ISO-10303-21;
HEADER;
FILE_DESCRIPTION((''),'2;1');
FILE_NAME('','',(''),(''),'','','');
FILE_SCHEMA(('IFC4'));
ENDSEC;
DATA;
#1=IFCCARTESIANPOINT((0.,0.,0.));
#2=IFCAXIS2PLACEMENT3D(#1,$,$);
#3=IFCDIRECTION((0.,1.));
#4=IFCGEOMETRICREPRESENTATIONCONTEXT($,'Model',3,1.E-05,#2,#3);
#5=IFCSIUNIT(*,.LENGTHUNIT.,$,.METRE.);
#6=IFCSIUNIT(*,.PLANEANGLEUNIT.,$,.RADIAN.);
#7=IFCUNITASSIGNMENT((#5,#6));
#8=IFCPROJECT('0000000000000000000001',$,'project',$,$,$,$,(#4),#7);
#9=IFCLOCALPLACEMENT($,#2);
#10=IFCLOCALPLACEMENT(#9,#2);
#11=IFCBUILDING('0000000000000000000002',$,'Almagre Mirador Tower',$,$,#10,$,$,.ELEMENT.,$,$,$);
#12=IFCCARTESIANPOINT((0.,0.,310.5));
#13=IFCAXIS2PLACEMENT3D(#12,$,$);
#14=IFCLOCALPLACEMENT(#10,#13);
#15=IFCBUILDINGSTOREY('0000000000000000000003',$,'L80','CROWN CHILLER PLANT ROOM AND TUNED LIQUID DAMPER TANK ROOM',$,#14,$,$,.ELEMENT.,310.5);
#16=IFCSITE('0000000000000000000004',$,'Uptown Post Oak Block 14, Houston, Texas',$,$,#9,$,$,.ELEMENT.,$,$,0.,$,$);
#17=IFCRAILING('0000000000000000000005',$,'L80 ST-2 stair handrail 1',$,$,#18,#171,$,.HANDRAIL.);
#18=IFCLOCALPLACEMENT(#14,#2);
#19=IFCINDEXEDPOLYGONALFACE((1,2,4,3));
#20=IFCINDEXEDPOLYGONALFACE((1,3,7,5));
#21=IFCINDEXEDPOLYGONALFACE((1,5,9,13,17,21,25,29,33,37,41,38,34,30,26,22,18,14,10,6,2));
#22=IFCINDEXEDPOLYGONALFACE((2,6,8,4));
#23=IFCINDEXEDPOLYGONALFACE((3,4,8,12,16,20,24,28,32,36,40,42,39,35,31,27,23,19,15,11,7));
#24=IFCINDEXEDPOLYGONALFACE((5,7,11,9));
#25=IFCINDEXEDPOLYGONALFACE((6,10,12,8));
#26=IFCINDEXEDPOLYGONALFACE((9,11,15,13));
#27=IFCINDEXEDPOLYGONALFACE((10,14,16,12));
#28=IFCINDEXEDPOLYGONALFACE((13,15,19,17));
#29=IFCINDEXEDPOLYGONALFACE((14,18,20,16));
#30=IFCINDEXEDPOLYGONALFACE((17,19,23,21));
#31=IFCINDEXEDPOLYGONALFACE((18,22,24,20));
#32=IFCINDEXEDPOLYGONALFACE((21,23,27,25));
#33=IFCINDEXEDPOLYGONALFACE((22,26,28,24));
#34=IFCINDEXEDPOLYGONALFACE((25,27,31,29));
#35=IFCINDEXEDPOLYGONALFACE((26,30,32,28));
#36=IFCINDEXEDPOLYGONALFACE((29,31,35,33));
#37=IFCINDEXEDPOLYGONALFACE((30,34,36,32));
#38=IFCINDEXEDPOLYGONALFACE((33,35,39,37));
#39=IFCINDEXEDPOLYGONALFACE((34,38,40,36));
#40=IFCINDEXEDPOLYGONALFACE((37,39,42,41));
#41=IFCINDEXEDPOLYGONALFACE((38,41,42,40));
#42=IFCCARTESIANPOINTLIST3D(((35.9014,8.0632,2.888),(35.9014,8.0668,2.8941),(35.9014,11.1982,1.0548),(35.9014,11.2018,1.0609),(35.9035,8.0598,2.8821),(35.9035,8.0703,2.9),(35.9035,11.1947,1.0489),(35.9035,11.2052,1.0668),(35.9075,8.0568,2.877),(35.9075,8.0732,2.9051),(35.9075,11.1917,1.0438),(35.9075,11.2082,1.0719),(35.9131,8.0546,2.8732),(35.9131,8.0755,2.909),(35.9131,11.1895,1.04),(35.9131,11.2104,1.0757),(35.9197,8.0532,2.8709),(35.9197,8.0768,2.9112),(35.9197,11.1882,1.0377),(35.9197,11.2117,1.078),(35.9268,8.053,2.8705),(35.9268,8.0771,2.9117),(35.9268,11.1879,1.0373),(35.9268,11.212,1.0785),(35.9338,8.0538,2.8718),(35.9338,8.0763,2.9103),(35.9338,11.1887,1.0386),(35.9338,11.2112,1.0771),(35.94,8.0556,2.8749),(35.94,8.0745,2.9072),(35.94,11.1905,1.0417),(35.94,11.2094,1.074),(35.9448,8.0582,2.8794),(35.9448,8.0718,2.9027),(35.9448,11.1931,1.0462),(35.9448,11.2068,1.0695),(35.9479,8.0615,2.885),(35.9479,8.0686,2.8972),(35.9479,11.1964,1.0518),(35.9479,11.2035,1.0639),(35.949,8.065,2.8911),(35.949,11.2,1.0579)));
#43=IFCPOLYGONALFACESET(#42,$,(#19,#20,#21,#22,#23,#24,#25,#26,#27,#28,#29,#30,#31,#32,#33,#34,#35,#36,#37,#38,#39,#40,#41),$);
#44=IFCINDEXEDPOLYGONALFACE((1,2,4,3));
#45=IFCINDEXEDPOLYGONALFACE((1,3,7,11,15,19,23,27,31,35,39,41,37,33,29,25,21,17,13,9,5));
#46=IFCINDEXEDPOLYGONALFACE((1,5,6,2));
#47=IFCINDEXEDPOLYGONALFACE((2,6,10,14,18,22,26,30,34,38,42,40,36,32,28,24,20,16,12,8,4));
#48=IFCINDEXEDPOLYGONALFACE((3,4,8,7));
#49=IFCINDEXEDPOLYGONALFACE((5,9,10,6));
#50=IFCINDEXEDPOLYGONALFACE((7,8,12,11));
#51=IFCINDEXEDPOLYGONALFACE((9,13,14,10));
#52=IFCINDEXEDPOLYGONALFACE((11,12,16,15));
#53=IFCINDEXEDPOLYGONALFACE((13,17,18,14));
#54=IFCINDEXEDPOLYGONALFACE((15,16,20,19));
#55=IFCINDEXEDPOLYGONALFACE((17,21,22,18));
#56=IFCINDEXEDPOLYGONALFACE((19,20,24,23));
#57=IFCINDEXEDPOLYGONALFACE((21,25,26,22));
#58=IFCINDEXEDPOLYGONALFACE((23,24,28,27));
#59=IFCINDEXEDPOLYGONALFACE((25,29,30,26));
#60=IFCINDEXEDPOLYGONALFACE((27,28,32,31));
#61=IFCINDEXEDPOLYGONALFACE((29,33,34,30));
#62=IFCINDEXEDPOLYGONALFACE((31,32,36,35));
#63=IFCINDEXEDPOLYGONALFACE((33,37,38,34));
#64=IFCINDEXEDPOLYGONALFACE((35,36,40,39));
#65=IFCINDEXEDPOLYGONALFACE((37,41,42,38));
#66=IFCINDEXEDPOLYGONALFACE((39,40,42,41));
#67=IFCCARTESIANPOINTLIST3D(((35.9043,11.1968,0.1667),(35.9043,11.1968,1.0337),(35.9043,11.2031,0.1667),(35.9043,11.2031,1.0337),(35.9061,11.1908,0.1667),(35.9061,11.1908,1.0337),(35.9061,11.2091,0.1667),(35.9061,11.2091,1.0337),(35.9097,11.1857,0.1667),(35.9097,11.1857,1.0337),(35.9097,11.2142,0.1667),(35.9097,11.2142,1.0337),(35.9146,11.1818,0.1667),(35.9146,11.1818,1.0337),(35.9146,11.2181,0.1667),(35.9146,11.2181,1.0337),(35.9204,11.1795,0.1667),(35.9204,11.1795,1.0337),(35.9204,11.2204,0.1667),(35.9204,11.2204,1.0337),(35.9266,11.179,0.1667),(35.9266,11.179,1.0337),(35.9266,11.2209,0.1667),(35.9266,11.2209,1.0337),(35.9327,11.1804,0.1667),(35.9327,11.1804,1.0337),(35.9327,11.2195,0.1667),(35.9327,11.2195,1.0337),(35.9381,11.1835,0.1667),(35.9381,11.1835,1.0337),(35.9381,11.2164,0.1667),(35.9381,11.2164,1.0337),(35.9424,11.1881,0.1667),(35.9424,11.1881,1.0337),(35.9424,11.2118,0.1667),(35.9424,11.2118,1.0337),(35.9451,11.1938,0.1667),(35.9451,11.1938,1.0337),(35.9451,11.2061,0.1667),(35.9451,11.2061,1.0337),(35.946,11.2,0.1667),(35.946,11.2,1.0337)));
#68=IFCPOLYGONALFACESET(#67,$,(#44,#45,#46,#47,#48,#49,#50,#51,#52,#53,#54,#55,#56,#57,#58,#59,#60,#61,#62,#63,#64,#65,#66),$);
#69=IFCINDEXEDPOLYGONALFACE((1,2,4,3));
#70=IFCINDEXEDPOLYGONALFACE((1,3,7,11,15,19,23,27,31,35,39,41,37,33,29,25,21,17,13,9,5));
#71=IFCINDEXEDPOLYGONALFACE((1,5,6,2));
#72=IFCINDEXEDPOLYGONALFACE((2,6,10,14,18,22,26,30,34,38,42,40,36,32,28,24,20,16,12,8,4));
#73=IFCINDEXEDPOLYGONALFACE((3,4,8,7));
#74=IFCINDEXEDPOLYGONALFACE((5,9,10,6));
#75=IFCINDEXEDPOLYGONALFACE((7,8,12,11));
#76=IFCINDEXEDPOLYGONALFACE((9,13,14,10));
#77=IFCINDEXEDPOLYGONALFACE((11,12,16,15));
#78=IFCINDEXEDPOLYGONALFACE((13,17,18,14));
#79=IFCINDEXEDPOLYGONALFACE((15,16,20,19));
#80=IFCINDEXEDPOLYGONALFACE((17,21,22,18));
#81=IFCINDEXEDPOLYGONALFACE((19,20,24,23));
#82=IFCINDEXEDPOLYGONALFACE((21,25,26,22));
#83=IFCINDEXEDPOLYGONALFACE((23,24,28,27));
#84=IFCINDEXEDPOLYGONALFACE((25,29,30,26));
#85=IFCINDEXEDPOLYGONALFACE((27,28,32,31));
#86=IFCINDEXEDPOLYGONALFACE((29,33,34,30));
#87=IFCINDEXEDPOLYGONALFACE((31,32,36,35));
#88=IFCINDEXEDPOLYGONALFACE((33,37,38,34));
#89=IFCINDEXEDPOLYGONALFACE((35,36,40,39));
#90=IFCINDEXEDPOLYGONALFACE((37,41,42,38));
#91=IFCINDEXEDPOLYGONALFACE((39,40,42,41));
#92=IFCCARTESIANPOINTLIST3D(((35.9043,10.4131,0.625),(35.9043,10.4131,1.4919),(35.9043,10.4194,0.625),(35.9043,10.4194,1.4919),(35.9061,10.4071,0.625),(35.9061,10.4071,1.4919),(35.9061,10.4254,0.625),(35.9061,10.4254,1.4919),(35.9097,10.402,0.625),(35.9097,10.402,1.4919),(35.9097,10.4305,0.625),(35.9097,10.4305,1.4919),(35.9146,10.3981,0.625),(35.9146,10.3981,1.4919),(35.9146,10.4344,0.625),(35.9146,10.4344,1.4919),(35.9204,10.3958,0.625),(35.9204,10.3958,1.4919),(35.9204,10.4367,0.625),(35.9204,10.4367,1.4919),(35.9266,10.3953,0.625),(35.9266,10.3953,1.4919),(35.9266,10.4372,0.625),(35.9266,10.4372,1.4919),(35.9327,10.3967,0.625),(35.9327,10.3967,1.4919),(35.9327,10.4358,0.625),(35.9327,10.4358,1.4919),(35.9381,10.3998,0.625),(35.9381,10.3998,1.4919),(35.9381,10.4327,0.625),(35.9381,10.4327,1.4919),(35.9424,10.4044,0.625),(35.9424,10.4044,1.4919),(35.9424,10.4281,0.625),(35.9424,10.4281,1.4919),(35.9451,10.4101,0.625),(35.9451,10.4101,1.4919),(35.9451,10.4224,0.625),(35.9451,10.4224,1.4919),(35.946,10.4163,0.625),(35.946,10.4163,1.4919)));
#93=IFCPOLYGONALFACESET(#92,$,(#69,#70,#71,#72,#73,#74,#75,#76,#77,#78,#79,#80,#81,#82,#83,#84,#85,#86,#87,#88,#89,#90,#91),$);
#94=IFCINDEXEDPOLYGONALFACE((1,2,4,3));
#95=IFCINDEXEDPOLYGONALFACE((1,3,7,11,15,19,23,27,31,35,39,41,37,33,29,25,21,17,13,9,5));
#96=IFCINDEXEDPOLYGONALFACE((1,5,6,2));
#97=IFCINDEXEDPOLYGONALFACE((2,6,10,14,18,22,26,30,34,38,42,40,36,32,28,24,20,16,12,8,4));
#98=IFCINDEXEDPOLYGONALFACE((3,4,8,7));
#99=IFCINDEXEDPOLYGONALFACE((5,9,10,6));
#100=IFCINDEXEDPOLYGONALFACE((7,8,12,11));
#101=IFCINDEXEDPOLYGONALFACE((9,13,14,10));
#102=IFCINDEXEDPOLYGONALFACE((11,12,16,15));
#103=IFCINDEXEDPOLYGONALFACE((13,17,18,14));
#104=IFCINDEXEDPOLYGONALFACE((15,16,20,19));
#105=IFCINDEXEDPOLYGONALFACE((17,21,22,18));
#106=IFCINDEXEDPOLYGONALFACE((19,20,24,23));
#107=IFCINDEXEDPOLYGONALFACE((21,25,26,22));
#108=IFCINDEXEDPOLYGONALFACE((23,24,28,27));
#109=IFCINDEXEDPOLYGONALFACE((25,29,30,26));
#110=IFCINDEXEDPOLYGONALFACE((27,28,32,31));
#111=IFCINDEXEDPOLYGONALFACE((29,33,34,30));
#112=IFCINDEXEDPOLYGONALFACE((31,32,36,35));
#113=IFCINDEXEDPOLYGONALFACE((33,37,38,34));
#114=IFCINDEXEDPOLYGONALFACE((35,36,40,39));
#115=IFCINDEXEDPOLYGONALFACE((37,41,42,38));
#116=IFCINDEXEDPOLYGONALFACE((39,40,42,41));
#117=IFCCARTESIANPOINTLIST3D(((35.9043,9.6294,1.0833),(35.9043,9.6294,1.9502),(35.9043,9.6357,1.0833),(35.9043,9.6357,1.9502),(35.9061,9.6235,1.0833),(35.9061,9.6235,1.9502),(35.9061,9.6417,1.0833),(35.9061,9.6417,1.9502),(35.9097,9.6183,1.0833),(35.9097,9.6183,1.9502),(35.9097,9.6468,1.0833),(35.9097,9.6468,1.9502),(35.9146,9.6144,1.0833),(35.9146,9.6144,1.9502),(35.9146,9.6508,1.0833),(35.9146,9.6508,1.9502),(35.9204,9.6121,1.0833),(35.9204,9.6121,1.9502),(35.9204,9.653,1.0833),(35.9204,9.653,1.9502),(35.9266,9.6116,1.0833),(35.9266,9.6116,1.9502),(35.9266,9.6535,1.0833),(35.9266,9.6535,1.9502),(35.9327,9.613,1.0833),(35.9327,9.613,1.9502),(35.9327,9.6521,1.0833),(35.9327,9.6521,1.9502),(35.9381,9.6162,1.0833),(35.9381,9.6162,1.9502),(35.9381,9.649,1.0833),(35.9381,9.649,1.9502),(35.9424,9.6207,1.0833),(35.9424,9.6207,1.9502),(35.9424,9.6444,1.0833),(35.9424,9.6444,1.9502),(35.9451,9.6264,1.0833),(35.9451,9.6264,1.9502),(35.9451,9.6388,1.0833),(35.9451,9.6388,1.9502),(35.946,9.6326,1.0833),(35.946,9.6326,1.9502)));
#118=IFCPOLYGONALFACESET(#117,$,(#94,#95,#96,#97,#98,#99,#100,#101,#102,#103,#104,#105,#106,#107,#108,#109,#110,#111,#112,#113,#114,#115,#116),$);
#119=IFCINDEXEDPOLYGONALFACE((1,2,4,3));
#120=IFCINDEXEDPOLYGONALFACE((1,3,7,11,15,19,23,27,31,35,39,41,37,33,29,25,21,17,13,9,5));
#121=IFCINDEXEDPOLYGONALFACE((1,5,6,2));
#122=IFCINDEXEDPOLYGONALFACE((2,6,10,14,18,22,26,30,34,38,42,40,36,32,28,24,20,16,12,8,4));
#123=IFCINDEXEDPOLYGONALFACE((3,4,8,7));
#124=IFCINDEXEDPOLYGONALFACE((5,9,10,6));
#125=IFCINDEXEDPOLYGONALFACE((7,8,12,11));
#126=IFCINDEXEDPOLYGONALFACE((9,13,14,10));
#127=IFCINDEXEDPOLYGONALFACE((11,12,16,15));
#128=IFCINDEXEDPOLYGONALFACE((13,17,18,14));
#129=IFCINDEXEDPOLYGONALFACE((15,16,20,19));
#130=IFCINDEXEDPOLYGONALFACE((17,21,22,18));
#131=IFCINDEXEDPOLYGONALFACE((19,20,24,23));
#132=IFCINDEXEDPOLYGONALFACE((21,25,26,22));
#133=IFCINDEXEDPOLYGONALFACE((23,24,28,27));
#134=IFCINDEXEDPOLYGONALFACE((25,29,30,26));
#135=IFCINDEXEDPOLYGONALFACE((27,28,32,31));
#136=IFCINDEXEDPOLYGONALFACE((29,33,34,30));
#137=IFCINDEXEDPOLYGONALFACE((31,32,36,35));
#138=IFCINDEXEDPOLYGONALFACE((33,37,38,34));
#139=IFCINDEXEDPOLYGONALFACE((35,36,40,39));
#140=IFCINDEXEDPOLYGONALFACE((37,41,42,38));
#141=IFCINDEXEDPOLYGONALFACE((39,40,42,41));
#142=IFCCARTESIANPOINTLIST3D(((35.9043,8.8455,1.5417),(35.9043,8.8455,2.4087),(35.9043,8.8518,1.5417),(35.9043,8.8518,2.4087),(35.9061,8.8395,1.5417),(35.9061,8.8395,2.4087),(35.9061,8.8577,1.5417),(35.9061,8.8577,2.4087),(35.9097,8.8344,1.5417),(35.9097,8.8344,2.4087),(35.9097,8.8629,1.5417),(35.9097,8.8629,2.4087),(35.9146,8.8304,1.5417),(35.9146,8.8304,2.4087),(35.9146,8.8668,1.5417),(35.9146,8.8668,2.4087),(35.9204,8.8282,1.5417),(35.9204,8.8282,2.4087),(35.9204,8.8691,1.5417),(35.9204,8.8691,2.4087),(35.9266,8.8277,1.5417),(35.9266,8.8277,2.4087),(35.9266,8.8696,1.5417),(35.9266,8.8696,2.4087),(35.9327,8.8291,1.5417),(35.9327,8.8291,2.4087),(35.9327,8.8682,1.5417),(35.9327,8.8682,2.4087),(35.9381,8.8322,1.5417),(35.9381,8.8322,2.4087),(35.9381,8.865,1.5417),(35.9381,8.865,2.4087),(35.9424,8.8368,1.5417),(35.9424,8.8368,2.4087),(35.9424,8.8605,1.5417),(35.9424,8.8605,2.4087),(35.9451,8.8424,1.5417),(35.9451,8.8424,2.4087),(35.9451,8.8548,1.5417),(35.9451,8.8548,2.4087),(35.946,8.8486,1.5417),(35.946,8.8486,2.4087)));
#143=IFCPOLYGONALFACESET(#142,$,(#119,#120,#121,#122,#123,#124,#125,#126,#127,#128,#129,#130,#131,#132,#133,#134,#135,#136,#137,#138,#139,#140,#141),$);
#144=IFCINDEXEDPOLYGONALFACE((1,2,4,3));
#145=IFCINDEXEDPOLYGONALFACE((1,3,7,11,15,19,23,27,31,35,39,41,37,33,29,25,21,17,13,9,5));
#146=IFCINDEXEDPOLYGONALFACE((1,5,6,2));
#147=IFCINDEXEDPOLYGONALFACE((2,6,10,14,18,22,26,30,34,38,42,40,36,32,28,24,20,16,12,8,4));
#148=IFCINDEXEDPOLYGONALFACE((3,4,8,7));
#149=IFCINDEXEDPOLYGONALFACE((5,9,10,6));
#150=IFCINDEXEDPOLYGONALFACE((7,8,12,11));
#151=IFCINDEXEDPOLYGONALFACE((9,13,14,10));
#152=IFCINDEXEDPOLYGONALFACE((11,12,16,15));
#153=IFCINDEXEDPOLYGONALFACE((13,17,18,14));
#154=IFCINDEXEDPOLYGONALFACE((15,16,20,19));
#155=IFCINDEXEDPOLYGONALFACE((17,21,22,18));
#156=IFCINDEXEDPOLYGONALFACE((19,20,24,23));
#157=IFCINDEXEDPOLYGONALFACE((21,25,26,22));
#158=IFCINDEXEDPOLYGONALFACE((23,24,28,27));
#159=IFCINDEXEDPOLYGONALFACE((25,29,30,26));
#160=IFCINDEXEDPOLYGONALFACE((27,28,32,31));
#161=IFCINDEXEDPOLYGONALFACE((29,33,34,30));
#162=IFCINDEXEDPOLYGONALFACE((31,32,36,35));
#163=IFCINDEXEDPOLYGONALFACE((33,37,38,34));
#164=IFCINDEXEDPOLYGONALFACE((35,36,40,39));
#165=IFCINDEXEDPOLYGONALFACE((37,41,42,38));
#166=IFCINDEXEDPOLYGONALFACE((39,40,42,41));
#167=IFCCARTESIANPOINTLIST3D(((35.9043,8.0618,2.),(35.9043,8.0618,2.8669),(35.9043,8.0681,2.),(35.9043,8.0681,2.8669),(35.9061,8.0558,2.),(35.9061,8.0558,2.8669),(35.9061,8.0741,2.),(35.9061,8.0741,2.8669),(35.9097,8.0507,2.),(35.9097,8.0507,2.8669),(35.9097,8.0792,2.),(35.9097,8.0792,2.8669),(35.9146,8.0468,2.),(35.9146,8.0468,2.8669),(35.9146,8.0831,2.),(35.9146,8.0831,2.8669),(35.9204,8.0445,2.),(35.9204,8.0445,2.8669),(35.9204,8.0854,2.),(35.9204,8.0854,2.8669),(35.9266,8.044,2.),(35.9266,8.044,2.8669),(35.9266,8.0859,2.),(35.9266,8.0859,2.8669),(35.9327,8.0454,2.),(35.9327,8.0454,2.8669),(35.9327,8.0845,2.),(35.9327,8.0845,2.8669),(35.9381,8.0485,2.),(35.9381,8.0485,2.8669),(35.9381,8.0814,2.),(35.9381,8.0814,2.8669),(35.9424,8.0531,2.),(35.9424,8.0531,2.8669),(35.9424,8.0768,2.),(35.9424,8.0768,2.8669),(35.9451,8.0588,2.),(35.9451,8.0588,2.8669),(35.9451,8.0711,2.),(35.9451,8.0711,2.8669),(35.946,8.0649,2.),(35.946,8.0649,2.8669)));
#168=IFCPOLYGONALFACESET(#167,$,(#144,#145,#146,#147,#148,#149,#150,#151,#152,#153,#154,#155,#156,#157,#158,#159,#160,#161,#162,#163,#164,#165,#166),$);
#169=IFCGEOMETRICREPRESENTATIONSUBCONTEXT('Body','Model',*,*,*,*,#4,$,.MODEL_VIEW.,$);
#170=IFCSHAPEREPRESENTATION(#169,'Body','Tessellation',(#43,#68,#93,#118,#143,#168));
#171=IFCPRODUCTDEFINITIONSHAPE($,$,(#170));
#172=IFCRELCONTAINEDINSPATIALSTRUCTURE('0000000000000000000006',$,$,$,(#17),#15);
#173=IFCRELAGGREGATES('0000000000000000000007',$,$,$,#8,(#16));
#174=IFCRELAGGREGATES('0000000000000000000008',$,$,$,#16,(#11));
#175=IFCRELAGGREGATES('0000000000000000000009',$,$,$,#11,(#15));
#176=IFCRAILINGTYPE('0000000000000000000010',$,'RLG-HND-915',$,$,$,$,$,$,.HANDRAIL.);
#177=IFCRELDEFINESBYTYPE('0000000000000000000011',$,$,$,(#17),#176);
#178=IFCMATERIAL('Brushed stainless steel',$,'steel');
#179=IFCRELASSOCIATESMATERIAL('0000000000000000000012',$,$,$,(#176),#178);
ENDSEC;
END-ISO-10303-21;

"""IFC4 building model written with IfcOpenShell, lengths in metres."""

from ifc_helpers import new_model, si_unit, direction, frame, origin, origin_2d, place, context, subcontext, project, spatial, circle, extrude, material, type_object, element, save


model = new_model("IFC4")

# Units and contexts
model_context = context("Model", 3, precision=1e-05, world=origin(), true_north=direction((0.0, 1.0)))
body_context = subcontext(model_context, "Body", "Model", "MODEL_VIEW")
ifc_project = project(units=[si_unit("LENGTHUNIT", "METRE"), si_unit("PLANEANGLEUNIT", "RADIAN")], contexts=[model_context])

# Site, building, storey
site_placement = place(None, origin())
site = spatial("IfcSite", under=ifc_project, at=site_placement, Name="Uptown Post Oak Block 14, Houston, Texas", CompositionType="ELEMENT", RefElevation=0.0)
building_placement = place(site_placement, origin())
building = spatial("IfcBuilding", under=site, at=building_placement, Name="Almagre Mirador Tower", CompositionType="ELEMENT")
storey_placement = place(building_placement, frame((0.0, 0.0, 310.5)))
storey = spatial("IfcBuildingStorey", under=building, at=storey_placement, Name="L80", Description="CROWN CHILLER PLANT ROOM AND TUNED LIQUID DAMPER TANK ROOM", CompositionType="ELEMENT", Elevation=310.5)

# Railing
ifc_material_1 = material(Name="Brushed stainless steel", Category="steel")
railing_type_1 = type_object("IfcRailingType", Name="RLG-HND-915", PredefinedType="HANDRAIL", material=ifc_material_1)
railing_1_placement = place(storey_placement, frame((35.925, 11.2, 0.1667)))
element("IfcRailing", 1, at=railing_1_placement, inside=storey, type_object=railing_type_1, Name="L80 ST-2 stair handrail 1", PredefinedType="HANDRAIL", context=body_context, shape_type="SweptSolid", body=[
    extrude(circle(Radius=0.0239, at=origin_2d()), frame((0.0, 0.0, 0.8911), z_axis=(0.0, -0.86324, 0.504794), x_axis=(1.0, 0.0, 0.0)), (0.0, 0.0, 1.0), 3.6316),
    extrude(circle(Radius=0.021, at=origin_2d()), origin(), (0.0, 0.0, 1.0), 0.8669),
    extrude(circle(Radius=0.021, at=origin_2d()), frame((0.0, -0.7837, 0.4583)), (0.0, 0.0, 1.0), 0.8669),
    extrude(circle(Radius=0.021, at=origin_2d()), frame((0.0, -1.5674, 0.9165)), (0.0, 0.0, 1.0), 0.8669),
    extrude(circle(Radius=0.021, at=origin_2d()), frame((0.0, -2.3513, 1.375)), (0.0, 0.0, 1.0), 0.8669),
    extrude(circle(Radius=0.021, at=origin_2d()), frame((0.0, -3.135, 1.8333)), (0.0, 0.0, 1.0), 0.8669),
])

save(model, "model.ifc")
